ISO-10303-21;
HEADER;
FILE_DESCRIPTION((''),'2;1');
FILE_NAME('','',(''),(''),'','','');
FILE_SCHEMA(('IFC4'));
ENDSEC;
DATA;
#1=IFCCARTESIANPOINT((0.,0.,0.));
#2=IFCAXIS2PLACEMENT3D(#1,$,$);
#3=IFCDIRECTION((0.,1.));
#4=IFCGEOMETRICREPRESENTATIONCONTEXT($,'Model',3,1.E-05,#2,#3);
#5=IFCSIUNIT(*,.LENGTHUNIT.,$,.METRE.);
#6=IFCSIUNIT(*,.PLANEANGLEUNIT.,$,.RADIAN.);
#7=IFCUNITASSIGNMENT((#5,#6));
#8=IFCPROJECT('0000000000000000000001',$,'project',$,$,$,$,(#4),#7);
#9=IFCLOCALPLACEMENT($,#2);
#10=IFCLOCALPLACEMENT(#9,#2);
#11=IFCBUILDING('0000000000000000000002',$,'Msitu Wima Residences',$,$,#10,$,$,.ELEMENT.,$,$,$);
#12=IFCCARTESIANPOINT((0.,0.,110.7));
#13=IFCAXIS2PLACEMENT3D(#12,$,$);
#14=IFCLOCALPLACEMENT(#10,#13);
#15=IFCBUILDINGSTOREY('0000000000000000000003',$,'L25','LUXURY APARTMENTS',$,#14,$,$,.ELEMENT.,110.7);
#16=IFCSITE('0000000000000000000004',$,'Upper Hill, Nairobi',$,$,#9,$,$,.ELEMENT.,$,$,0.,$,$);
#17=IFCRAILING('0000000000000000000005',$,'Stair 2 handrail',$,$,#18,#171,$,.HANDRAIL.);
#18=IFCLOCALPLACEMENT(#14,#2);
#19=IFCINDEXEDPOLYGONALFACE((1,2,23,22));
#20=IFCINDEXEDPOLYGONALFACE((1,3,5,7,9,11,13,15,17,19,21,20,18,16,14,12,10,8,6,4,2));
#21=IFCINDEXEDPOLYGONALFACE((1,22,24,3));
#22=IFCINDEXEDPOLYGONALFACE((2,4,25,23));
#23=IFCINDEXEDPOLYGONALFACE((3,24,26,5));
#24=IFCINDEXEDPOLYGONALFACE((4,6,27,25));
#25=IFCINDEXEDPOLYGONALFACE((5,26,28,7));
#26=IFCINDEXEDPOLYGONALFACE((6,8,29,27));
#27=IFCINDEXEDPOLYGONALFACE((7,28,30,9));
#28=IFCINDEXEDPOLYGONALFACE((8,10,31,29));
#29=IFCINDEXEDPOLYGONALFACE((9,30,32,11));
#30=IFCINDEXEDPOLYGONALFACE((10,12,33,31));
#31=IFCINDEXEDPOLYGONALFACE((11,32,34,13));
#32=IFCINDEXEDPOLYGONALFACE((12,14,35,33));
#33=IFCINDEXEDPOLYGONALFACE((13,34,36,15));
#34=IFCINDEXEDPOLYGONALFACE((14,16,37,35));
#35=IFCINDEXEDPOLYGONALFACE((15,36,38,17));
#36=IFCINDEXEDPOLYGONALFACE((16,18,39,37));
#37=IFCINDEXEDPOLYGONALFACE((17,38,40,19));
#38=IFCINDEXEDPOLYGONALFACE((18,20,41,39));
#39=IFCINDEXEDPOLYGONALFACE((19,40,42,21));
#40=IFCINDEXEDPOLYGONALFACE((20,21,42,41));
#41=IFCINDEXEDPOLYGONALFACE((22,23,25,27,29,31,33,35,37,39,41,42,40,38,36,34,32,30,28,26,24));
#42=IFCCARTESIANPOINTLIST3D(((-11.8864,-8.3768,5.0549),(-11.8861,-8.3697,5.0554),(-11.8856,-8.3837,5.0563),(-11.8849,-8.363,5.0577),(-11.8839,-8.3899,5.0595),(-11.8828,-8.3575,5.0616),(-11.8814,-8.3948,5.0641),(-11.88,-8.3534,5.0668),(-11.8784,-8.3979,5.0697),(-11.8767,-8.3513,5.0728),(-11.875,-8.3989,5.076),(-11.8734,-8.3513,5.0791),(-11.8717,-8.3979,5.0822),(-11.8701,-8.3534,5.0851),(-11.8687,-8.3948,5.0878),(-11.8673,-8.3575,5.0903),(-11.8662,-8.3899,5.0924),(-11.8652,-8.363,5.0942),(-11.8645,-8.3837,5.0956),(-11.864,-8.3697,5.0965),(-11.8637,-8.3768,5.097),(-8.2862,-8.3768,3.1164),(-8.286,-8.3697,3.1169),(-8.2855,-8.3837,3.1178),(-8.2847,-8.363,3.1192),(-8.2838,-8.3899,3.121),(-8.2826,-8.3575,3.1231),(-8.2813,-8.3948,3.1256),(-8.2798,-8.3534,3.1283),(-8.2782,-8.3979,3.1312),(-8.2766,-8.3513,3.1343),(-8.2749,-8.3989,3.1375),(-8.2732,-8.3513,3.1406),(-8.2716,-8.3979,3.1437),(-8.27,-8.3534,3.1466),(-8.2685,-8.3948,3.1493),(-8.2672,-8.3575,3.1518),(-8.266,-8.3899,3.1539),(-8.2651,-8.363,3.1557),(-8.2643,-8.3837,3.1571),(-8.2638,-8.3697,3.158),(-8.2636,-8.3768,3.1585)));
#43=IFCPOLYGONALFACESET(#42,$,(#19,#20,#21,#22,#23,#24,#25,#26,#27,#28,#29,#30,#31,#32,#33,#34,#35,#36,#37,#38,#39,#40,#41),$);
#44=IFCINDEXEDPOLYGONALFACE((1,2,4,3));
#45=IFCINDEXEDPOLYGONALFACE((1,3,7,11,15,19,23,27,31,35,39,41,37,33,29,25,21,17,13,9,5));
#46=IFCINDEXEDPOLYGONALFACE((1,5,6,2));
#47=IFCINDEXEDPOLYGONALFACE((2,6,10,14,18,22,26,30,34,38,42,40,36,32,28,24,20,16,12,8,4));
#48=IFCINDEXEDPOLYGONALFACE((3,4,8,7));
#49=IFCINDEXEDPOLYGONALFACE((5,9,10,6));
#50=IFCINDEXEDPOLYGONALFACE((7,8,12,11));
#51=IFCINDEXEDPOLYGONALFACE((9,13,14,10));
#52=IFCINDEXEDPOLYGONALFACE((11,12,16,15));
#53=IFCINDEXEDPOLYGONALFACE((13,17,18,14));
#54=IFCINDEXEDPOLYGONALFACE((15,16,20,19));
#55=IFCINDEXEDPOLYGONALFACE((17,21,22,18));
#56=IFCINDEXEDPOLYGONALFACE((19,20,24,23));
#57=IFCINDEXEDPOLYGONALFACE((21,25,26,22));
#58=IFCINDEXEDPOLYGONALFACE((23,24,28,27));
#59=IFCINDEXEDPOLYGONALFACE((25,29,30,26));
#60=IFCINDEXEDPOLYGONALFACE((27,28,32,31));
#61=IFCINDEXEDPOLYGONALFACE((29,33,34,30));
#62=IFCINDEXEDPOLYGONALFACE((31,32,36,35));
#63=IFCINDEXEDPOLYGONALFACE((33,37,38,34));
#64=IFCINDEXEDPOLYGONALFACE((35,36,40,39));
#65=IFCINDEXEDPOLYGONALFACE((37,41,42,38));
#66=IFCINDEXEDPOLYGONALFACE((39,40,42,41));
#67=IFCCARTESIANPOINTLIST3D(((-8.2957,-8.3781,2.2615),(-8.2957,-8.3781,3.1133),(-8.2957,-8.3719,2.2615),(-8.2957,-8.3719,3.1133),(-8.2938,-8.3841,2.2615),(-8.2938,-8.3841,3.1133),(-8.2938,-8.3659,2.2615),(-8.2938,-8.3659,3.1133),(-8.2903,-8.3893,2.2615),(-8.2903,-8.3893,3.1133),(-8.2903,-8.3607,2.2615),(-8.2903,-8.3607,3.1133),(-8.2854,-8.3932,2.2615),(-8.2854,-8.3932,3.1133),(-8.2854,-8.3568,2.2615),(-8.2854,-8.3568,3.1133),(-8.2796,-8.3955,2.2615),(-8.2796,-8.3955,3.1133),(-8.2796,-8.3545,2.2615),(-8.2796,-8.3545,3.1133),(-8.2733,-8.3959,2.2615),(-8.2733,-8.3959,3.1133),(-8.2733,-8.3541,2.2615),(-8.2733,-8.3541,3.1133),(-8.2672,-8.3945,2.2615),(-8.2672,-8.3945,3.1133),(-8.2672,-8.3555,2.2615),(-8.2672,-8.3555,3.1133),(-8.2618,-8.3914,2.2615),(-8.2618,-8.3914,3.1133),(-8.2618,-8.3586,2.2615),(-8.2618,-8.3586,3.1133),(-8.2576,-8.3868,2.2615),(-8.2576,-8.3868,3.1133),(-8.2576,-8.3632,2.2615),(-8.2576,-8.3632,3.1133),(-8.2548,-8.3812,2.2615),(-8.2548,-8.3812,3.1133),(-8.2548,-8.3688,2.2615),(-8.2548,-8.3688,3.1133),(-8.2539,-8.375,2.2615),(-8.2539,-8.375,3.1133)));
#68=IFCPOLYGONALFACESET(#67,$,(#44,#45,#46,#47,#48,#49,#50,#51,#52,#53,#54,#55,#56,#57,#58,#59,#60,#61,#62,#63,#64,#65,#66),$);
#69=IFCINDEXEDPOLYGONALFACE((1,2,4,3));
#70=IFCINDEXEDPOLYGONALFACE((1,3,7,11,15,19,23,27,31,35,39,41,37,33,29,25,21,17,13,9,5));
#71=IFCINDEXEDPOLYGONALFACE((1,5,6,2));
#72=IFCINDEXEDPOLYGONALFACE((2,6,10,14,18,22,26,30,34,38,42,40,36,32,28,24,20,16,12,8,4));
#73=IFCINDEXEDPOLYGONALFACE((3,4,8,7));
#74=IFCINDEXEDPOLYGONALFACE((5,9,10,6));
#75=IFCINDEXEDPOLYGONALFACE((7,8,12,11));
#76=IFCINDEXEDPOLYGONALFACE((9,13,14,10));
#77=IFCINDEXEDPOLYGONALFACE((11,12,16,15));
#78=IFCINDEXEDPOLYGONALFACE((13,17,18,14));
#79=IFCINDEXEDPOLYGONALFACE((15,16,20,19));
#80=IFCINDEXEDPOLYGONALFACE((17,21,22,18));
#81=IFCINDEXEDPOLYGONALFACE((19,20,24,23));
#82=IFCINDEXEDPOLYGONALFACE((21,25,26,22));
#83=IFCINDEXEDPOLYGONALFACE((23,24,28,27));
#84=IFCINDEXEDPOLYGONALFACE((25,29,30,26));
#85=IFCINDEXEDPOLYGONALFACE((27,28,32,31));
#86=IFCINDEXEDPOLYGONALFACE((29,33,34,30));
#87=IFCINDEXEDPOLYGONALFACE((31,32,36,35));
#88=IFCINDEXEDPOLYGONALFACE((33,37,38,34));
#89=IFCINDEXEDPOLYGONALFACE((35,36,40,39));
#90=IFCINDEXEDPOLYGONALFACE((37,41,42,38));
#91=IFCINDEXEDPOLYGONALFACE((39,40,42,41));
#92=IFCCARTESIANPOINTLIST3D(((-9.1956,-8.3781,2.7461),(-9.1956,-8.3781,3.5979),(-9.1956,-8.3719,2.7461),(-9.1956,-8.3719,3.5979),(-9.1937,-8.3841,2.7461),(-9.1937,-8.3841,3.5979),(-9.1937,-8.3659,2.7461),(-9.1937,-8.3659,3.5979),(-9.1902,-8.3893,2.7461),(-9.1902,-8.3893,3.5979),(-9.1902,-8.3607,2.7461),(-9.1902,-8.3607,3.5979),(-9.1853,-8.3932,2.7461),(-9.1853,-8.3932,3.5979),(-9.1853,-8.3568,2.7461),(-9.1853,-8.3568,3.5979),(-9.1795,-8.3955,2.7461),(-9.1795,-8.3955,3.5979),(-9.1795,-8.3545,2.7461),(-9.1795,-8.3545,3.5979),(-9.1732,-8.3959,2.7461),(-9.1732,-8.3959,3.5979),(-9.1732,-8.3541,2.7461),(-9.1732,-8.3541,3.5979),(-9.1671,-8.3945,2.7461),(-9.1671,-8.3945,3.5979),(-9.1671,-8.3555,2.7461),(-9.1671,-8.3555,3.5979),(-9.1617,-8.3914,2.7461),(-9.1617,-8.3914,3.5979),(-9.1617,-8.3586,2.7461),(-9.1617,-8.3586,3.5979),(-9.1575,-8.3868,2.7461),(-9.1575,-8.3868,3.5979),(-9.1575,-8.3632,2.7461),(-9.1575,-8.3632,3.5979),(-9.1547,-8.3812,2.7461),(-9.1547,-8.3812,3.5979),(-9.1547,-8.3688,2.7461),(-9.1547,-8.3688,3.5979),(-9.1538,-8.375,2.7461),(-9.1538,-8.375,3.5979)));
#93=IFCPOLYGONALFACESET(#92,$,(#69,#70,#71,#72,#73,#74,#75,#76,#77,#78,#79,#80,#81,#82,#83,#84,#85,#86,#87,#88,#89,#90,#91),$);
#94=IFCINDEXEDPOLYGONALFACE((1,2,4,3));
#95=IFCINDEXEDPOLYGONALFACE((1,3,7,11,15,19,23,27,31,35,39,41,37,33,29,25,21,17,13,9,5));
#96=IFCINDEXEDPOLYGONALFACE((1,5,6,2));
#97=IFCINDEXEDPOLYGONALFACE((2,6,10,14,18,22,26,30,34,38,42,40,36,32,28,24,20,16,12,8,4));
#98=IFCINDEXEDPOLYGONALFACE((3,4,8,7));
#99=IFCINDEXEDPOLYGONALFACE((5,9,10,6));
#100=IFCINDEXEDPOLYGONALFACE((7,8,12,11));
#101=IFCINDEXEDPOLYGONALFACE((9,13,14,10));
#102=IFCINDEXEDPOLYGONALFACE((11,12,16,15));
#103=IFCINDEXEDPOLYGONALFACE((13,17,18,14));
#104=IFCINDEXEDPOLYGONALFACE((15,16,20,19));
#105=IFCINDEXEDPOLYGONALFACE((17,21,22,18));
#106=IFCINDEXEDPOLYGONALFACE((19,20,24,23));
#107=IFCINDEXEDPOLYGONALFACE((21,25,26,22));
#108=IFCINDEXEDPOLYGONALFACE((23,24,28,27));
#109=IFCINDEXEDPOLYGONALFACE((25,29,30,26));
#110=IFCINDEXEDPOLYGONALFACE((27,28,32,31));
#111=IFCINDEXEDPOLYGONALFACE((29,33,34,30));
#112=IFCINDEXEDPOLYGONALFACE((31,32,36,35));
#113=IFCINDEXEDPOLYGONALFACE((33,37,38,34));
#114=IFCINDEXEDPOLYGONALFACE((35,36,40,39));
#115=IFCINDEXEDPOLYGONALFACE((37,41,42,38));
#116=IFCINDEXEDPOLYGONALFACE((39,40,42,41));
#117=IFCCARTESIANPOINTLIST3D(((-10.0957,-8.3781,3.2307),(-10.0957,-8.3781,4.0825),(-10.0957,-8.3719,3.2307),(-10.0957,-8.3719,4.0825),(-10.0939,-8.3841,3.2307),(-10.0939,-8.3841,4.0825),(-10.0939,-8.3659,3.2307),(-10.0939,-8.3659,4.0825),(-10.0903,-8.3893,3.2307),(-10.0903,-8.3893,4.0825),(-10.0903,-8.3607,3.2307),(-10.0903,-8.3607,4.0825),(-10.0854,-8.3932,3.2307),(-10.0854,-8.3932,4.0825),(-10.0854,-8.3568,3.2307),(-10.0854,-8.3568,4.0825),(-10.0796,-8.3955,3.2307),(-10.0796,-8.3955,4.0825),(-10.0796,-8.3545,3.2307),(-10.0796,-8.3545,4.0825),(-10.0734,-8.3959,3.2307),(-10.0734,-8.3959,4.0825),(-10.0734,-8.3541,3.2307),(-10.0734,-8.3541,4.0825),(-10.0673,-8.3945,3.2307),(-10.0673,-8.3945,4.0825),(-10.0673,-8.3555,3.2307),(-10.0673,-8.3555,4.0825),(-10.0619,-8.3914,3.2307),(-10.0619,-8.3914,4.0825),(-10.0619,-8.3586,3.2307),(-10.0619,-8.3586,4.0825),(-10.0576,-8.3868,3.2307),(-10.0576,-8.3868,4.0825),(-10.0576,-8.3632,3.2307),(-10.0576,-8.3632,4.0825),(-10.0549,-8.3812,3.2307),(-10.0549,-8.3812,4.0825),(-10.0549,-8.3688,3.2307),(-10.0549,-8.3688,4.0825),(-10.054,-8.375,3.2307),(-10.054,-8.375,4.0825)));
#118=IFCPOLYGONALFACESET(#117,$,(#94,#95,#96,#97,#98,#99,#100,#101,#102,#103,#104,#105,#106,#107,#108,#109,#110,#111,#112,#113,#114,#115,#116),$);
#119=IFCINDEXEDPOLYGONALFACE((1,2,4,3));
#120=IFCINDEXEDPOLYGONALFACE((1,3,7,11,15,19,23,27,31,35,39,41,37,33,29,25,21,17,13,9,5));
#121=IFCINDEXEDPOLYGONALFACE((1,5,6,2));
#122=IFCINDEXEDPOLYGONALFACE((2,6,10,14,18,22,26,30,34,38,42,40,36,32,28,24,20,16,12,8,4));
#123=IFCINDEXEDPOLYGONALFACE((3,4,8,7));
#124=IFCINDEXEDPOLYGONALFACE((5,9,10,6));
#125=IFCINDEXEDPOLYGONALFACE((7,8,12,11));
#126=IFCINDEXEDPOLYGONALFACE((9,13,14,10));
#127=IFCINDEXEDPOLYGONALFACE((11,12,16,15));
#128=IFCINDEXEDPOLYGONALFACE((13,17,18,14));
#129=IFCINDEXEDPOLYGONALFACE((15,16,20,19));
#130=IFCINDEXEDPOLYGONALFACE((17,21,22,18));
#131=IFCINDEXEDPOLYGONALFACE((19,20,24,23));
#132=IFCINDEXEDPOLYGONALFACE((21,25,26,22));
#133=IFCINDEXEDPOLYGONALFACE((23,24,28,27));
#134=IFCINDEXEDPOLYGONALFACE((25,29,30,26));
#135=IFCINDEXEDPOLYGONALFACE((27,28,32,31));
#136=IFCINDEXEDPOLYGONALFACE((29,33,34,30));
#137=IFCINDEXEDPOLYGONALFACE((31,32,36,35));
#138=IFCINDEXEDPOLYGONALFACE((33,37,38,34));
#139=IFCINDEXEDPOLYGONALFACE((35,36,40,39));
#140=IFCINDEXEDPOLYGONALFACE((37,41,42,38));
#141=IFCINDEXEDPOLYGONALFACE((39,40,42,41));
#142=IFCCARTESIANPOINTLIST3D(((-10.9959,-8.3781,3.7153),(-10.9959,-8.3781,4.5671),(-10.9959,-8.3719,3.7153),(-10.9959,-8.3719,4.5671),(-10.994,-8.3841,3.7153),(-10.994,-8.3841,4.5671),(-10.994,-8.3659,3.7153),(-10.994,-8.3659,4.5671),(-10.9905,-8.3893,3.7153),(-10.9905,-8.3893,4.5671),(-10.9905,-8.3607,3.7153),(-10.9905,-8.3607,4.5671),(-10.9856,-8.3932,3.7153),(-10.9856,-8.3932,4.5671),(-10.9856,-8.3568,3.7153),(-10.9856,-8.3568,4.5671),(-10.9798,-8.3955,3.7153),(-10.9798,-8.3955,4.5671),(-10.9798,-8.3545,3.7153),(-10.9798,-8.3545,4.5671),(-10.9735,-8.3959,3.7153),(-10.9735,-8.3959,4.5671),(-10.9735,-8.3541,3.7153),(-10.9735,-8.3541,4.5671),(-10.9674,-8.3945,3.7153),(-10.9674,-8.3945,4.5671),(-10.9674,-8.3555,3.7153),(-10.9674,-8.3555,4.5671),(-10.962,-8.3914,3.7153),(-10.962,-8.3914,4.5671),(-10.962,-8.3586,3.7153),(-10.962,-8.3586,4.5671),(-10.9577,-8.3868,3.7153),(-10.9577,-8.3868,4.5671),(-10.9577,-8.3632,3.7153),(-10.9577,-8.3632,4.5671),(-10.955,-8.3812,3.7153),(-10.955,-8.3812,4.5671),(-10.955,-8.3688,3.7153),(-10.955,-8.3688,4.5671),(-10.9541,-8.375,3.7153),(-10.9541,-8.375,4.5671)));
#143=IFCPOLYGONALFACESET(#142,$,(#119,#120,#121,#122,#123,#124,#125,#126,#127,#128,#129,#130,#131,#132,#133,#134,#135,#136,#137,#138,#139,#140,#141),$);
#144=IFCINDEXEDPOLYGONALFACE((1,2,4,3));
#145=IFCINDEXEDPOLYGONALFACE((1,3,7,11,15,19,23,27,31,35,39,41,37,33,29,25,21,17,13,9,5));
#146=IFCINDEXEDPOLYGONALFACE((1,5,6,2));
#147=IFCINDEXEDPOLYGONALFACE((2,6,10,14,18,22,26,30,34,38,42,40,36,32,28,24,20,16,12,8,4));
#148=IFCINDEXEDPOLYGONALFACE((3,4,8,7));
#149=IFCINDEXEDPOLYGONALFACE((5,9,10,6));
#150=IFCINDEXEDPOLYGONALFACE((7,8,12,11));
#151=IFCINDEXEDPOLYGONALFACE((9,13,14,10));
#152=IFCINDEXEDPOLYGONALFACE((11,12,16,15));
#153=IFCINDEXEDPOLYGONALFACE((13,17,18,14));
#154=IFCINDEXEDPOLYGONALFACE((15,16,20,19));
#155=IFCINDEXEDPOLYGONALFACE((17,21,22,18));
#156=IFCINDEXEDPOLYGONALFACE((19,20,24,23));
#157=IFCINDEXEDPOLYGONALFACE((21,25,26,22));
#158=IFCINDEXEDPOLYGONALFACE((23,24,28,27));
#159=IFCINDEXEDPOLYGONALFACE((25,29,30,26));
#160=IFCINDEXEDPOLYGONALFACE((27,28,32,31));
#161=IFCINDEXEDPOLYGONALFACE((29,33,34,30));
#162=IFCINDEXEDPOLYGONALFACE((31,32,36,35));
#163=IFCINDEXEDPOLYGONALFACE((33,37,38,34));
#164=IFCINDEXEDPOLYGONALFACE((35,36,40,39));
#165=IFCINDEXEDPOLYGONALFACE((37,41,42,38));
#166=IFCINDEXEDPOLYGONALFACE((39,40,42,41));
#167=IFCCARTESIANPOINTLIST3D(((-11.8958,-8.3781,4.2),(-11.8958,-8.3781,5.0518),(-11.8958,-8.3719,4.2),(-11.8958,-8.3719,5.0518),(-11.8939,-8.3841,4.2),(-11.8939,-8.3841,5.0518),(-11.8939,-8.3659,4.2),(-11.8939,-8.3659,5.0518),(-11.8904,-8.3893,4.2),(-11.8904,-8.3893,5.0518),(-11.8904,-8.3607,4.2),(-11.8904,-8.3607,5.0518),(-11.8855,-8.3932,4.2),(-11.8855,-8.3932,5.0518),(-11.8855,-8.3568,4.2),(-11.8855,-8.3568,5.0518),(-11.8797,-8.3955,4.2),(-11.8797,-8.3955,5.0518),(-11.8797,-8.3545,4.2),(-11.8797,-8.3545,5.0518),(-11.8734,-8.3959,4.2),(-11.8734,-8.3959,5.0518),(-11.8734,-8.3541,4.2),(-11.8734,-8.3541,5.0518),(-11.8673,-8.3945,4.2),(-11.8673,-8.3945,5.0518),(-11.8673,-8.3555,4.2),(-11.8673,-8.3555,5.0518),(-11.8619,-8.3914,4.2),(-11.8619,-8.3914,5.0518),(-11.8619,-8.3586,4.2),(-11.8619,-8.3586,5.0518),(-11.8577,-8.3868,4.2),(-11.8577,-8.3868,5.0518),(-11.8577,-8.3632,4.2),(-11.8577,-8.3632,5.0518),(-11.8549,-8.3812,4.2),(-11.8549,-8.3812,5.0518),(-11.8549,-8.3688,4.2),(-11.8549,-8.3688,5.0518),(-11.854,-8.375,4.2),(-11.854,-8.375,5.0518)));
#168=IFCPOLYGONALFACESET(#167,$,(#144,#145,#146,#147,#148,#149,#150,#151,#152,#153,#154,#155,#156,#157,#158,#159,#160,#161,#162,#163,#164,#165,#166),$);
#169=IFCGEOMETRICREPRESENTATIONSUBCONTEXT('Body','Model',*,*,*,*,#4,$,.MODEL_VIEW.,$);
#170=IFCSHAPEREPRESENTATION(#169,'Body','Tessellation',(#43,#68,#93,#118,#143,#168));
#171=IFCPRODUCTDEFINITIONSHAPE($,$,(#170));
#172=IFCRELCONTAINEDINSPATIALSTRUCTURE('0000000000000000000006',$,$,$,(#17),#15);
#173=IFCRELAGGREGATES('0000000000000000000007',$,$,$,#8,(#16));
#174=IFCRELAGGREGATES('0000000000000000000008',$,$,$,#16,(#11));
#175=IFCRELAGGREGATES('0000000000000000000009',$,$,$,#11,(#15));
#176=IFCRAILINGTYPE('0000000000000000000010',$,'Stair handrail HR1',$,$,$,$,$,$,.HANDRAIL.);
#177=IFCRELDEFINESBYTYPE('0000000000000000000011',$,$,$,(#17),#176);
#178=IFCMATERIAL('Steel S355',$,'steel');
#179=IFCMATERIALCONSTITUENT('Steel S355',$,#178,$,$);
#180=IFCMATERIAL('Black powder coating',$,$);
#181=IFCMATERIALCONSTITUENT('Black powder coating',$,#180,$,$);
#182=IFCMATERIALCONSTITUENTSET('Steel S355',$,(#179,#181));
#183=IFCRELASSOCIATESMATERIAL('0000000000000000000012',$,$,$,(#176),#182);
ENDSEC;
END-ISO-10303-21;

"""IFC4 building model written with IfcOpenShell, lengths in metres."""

from ifc_helpers import new_model, si_unit, direction, frame, origin, origin_2d, place, context, subcontext, project, spatial, circle, extrude, material, constituent, constituent_set, type_object, element, save


model = new_model("IFC4")

# Units and contexts
model_context = context("Model", 3, precision=1e-05, world=origin(), true_north=direction((0.0, 1.0)))
body_context = subcontext(model_context, "Body", "Model", "MODEL_VIEW")
ifc_project = project(units=[si_unit("LENGTHUNIT", "METRE"), si_unit("PLANEANGLEUNIT", "RADIAN")], contexts=[model_context])

# Site, building, storey
site_placement = place(None, origin())
site = spatial("IfcSite", under=ifc_project, at=site_placement, Name="Upper Hill, Nairobi", CompositionType="ELEMENT", RefElevation=0.0)
building_placement = place(site_placement, origin())
building = spatial("IfcBuilding", under=site, at=building_placement, Name="Msitu Wima Residences", CompositionType="ELEMENT")
storey_placement = place(building_placement, frame((0.0, 0.0, 110.7)))
storey = spatial("IfcBuildingStorey", under=building, at=storey_placement, Name="L25", Description="LUXURY APARTMENTS", CompositionType="ELEMENT", Elevation=110.7)

# Railing
ifc_material_1 = material(Name="Steel S355", Category="steel")
ifc_constituent_1 = constituent(ifc_material_1, Name="Steel S355")
ifc_material_2 = material(Name="Black powder coating")
ifc_constituent_2 = constituent(ifc_material_2, Name="Black powder coating")
ifc_constituent_set = constituent_set(constituents=[ifc_constituent_1, ifc_constituent_2], Name="Steel S355")
railing_type = type_object("IfcRailingType", Name="Stair handrail HR1", PredefinedType="HANDRAIL", material=ifc_constituent_set)
for number, where, name in (
    (1, (-8.2749, -8.375, 2.2615), "Stair 2 handrail"),
):
    element("IfcRailing", number, at=place(storey_placement, frame(where)), inside=storey, type_object=railing_type, Name=name, PredefinedType="HANDRAIL", context=body_context, shape_type="SweptSolid", body=[
        extrude(circle(Radius=0.0239, at=origin_2d()), frame((0.0, 0.0, 0.876), z_axis=(-0.880475, 0.0, 0.474093), x_axis=(0.0, -1.0, 0.0)), (0.0, 0.0, 1.0), 4.0889),
        extrude(circle(Radius=0.021, at=origin_2d()), origin(), (0.0, 0.0, 1.0), 0.8518),
        extrude(circle(Radius=0.021, at=origin_2d()), frame((-0.8999, 0.0, 0.4846)), (0.0, 0.0, 1.0), 0.8518),
        extrude(circle(Radius=0.021, at=origin_2d()), frame((-1.8, 0.0, 0.9692)), (0.0, 0.0, 1.0), 0.8518),
        extrude(circle(Radius=0.021, at=origin_2d()), frame((-2.7002, 0.0, 1.4539)), (0.0, 0.0, 1.0), 0.8518),
        extrude(circle(Radius=0.021, at=origin_2d()), frame((-3.6001, 0.0, 1.9385)), (0.0, 0.0, 1.0), 0.8518),
    ])

save(model, "model.ifc")
